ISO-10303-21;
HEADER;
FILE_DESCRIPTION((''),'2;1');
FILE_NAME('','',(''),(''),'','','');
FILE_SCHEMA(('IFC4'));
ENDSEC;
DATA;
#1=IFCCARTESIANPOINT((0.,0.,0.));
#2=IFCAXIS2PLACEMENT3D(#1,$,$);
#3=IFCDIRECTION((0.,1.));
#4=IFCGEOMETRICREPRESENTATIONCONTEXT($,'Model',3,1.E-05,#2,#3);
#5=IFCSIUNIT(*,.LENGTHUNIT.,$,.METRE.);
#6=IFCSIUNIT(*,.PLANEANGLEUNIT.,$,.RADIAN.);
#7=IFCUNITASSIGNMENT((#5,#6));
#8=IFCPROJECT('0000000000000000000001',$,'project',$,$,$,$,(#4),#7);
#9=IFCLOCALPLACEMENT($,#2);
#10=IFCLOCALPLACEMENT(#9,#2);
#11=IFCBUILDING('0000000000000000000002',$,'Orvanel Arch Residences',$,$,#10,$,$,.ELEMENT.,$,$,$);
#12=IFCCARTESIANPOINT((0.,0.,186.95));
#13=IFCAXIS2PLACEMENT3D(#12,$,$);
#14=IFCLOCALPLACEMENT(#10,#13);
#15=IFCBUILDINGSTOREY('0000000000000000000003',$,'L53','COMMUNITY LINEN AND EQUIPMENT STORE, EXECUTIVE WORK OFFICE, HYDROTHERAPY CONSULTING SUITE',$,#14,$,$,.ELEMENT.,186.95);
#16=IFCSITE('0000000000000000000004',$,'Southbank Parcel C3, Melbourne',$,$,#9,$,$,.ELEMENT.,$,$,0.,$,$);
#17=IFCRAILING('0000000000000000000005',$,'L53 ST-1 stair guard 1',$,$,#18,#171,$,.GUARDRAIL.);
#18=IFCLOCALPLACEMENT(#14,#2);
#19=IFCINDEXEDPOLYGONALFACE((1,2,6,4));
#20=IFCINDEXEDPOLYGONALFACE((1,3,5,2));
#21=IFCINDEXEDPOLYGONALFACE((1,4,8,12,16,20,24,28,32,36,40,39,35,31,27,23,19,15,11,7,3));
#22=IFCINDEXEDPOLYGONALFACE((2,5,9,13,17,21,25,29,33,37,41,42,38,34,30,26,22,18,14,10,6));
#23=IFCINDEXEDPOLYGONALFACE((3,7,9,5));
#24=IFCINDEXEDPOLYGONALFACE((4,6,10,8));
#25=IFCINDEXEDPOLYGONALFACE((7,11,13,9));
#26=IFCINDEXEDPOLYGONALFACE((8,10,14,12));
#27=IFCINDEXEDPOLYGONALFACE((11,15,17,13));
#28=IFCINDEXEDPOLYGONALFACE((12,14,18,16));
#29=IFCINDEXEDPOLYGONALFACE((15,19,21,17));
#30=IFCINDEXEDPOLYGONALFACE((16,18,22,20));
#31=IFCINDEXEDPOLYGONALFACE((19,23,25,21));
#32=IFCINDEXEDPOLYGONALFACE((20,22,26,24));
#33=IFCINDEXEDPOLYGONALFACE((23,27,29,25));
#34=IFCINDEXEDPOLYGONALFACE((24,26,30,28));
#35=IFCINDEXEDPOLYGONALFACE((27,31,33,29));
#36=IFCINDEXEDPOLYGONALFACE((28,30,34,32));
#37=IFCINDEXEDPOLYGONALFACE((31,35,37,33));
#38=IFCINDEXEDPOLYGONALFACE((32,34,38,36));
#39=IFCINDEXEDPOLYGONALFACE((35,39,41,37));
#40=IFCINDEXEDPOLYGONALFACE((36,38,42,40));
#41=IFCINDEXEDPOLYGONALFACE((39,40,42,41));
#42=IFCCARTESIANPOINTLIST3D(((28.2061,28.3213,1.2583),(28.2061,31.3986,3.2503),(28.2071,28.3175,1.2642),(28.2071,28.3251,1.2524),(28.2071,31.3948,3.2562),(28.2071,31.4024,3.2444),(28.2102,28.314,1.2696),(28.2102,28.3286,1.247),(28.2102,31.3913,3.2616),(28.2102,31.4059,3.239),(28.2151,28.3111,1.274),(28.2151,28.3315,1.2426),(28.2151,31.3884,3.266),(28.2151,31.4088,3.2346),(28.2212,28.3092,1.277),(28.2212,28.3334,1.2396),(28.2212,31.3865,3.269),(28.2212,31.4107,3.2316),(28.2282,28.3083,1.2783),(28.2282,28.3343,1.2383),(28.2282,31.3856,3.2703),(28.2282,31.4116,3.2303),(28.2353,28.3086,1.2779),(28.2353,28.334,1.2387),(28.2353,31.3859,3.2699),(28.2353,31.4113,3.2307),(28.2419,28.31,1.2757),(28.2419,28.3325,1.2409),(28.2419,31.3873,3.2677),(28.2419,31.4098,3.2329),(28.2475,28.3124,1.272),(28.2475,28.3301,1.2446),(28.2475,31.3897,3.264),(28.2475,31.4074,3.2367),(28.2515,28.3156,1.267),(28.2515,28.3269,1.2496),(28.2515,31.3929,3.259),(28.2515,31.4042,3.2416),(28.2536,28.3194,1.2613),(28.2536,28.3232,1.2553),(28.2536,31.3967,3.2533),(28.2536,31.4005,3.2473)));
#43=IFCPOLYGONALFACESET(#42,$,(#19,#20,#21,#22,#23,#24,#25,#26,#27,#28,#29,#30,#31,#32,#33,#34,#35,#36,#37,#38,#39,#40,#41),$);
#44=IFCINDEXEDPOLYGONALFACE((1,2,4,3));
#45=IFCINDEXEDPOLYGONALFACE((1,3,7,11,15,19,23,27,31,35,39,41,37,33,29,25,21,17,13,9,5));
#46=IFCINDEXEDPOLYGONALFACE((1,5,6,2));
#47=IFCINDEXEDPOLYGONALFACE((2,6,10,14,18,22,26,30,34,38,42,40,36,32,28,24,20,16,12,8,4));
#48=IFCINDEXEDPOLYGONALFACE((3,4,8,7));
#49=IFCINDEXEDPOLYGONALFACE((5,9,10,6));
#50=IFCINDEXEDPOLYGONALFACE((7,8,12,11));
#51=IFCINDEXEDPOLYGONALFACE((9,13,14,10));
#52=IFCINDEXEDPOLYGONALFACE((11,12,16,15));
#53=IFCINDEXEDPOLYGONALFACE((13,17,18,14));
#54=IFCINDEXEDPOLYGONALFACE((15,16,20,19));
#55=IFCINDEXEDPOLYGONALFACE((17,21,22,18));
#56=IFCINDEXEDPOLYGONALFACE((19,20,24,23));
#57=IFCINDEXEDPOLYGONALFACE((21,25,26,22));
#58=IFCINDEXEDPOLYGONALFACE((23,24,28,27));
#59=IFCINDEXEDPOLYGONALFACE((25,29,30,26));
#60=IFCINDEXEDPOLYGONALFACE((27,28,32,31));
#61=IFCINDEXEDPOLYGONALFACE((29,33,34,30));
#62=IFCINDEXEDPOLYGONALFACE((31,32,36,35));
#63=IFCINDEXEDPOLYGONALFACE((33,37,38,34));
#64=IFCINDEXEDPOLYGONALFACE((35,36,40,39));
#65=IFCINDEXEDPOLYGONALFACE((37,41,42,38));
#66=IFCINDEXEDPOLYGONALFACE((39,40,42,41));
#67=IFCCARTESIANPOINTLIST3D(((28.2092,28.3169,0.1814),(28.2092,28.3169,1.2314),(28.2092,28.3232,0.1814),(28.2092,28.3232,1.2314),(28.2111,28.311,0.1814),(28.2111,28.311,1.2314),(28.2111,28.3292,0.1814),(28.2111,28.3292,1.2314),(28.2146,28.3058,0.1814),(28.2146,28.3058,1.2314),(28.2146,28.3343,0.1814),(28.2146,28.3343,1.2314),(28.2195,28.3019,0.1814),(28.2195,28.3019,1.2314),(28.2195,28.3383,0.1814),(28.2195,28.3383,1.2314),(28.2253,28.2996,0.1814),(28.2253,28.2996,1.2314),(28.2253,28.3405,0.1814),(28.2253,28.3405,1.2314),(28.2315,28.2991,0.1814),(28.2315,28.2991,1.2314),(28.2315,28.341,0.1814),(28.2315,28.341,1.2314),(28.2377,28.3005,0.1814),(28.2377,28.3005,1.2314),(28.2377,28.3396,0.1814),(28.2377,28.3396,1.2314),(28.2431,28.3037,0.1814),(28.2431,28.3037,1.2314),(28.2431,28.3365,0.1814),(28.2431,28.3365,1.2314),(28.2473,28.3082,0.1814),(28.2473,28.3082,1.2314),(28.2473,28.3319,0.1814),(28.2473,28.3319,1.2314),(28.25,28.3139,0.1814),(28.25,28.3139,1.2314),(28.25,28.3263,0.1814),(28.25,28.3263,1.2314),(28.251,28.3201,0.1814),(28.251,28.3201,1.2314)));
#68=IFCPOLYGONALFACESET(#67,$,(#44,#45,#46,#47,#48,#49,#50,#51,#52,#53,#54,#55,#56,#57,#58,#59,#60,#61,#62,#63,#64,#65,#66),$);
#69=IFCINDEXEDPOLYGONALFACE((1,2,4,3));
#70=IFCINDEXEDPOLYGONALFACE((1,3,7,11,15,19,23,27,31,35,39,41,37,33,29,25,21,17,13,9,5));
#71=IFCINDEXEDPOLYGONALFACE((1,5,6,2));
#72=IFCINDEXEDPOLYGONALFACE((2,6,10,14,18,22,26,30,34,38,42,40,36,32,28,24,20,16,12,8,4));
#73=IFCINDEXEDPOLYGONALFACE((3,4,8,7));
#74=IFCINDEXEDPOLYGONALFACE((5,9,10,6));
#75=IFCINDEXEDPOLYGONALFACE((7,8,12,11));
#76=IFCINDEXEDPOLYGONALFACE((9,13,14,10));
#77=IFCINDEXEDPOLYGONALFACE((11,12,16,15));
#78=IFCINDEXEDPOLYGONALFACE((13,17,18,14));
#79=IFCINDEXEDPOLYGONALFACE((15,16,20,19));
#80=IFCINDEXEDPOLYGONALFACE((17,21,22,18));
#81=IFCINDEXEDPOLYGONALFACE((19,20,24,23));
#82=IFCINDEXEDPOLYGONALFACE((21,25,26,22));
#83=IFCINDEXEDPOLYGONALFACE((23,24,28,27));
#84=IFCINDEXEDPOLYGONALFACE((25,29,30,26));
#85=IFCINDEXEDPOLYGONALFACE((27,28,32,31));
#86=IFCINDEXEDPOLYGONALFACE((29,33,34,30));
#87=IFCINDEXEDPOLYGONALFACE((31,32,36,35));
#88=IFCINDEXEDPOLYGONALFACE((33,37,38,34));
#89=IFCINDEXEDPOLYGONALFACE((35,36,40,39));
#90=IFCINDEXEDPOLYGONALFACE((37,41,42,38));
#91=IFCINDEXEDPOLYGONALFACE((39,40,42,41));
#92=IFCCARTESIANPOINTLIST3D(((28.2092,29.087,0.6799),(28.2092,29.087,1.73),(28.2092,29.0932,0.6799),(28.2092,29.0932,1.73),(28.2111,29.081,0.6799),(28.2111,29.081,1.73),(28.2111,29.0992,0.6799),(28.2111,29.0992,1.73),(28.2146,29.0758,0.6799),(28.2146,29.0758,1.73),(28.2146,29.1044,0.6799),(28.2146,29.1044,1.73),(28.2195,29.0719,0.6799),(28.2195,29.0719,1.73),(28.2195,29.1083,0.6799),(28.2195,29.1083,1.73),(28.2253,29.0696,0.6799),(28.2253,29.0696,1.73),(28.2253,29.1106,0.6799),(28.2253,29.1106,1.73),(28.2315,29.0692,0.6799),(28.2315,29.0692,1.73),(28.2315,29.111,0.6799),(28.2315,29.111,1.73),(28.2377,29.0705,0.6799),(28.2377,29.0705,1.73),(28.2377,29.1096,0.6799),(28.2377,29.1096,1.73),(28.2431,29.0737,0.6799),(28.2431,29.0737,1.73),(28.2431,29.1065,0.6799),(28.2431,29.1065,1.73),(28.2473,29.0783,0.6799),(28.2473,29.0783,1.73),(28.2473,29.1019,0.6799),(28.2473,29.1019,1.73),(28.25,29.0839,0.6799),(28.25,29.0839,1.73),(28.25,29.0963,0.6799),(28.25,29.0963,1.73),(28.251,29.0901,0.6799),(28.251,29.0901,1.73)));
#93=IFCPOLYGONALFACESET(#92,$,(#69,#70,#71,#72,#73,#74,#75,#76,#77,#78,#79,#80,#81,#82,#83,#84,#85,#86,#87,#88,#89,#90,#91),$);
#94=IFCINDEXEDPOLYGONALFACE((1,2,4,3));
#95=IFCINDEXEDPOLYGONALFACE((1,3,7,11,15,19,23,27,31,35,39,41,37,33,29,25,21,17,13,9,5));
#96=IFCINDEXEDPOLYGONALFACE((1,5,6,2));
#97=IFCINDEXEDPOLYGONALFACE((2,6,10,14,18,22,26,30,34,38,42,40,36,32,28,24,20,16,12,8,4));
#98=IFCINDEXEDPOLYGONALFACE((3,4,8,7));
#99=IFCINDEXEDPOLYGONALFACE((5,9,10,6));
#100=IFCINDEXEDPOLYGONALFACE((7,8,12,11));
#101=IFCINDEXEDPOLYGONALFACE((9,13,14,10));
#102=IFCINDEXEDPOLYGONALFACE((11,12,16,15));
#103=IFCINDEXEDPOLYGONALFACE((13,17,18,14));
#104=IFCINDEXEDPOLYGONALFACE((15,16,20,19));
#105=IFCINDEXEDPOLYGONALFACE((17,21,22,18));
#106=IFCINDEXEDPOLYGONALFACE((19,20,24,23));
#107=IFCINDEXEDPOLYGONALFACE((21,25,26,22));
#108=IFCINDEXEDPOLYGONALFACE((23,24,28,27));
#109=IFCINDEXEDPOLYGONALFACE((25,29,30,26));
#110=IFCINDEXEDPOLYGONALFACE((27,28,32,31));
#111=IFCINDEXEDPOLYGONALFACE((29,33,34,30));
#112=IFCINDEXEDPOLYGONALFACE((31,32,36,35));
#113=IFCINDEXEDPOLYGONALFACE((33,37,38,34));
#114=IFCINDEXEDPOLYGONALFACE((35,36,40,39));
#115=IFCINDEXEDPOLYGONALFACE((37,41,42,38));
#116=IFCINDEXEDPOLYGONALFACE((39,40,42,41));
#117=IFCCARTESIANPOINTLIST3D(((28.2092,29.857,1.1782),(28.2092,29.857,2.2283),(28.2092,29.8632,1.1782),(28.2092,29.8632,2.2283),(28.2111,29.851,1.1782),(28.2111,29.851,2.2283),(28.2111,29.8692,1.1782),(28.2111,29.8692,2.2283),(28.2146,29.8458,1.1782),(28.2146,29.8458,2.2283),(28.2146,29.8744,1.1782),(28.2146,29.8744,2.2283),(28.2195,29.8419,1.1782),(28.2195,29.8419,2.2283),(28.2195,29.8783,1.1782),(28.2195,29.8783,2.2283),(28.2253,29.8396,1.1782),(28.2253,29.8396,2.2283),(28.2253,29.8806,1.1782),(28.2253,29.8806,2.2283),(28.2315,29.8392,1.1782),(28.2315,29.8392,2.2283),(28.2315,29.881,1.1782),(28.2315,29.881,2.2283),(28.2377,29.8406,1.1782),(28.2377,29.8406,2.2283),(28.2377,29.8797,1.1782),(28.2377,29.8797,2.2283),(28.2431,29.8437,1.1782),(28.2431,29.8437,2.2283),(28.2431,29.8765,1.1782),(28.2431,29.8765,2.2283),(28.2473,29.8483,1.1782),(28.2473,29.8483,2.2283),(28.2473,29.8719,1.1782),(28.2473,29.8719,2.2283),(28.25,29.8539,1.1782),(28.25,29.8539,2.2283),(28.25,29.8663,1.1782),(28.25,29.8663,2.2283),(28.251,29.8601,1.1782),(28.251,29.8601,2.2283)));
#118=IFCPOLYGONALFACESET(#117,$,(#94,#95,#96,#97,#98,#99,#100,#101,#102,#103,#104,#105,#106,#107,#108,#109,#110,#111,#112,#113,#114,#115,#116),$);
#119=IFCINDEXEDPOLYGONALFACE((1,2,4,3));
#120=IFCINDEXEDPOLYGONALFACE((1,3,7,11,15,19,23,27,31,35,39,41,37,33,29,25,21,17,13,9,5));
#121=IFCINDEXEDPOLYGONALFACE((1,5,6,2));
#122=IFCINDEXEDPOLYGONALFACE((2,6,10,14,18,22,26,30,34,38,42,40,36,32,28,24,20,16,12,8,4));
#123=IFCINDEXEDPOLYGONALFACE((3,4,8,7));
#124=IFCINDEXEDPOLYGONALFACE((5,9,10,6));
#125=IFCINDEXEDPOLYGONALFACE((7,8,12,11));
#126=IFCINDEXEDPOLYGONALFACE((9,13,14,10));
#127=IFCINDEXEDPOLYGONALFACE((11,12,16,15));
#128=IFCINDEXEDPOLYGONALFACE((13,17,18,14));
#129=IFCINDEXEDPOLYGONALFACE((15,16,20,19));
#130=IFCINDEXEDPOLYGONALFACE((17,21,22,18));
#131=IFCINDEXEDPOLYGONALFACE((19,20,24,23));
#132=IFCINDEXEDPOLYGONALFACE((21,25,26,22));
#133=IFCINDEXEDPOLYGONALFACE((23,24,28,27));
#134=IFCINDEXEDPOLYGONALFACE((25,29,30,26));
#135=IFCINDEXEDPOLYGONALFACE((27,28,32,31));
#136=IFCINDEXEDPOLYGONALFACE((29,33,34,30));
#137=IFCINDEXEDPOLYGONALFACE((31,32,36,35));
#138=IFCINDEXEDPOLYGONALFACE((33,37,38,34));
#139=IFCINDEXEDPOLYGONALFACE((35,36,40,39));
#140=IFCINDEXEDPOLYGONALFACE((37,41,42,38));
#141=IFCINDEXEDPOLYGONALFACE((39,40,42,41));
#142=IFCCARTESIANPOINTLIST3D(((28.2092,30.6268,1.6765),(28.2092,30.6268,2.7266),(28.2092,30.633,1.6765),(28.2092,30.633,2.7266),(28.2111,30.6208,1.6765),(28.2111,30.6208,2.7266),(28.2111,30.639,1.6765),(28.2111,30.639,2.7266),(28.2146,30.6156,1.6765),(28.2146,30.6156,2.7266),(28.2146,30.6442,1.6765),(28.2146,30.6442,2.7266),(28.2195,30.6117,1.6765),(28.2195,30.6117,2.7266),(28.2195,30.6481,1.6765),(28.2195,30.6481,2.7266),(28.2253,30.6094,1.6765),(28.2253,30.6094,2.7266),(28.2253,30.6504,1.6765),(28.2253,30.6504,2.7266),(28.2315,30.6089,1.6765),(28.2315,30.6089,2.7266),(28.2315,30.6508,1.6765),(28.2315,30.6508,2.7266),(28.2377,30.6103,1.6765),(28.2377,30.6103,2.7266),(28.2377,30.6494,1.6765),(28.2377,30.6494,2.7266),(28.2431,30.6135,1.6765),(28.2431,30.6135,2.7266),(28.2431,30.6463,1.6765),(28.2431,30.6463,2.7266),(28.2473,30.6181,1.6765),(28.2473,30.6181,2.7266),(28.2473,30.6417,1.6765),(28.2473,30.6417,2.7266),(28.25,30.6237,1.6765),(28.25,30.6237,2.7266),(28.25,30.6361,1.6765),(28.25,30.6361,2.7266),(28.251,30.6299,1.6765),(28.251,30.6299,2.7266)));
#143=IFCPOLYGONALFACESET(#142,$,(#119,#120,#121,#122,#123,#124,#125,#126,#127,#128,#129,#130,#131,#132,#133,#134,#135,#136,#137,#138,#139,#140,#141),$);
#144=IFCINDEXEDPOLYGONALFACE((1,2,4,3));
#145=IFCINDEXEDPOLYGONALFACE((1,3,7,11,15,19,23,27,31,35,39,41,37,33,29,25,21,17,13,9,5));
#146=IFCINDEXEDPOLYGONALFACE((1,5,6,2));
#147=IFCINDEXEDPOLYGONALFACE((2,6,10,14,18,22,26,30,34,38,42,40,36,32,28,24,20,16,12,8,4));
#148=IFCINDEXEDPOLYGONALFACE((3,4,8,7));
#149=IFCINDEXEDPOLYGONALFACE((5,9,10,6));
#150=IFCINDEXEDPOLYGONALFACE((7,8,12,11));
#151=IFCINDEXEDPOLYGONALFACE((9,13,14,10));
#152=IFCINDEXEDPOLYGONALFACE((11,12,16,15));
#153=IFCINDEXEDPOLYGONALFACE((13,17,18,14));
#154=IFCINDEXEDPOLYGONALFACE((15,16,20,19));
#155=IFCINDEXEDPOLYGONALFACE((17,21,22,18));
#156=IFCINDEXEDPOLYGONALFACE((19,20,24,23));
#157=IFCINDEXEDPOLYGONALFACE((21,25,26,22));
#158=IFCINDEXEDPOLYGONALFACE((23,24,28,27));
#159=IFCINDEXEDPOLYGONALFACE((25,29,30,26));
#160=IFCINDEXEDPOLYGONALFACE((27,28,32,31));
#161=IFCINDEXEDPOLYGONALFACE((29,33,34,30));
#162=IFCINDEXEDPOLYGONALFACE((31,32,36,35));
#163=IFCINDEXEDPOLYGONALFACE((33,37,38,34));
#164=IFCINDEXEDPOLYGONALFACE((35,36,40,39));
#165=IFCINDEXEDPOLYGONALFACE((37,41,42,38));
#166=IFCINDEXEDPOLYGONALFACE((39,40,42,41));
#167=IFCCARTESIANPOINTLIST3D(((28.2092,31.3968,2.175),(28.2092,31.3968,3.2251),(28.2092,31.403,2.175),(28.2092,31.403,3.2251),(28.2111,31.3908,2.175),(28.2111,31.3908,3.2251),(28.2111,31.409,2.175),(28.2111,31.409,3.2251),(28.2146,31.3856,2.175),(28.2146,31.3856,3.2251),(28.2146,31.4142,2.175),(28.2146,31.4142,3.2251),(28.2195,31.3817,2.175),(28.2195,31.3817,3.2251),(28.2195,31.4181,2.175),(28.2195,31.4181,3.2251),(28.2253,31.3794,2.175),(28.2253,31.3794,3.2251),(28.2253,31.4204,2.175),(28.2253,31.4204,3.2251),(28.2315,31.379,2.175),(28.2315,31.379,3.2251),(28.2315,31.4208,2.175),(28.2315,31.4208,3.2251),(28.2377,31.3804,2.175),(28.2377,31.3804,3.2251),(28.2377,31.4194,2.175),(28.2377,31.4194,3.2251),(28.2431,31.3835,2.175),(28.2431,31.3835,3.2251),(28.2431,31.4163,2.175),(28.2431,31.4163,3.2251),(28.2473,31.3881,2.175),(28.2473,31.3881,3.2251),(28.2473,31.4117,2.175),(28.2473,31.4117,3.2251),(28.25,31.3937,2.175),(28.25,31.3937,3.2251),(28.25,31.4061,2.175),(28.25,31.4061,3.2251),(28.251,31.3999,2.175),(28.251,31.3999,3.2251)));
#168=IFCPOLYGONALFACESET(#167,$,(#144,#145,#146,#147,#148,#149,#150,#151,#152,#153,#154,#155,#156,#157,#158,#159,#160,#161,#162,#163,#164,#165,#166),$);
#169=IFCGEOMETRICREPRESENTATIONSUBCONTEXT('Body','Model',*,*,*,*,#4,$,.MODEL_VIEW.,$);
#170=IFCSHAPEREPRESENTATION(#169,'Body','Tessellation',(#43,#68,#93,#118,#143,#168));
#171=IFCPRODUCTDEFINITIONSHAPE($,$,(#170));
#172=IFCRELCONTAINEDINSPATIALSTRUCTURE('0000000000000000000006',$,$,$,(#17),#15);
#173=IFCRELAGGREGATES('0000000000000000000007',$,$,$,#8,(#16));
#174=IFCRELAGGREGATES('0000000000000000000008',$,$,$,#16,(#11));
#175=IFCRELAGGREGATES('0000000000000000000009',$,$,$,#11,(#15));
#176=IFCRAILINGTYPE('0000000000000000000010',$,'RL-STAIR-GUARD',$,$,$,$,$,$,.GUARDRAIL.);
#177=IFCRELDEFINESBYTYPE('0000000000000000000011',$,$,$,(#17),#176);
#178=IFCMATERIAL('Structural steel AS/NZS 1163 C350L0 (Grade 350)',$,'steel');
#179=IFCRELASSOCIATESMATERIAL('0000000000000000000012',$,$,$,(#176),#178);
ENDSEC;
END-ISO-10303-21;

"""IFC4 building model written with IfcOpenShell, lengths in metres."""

from ifc_helpers import new_model, si_unit, direction, frame, origin, origin_2d, place, context, subcontext, project, spatial, circle, extrude, material, type_object, element, save


model = new_model("IFC4")

# Units and contexts
model_context = context("Model", 3, precision=1e-05, world=origin(), true_north=direction((0.0, 1.0)))
body_context = subcontext(model_context, "Body", "Model", "MODEL_VIEW")
ifc_project = project(units=[si_unit("LENGTHUNIT", "METRE"), si_unit("PLANEANGLEUNIT", "RADIAN")], contexts=[model_context])

# Site, building, storey
site_placement = place(None, origin())
site = spatial("IfcSite", under=ifc_project, at=site_placement, Name="Southbank Parcel C3, Melbourne", CompositionType="ELEMENT", RefElevation=0.0)
building_placement = place(site_placement, origin())
building = spatial("IfcBuilding", under=site, at=building_placement, Name="Orvanel Arch Residences", CompositionType="ELEMENT")
storey_placement = place(building_placement, frame((0.0, 0.0, 186.95)))
storey = spatial("IfcBuildingStorey", under=building, at=storey_placement, Name="L53", Description="COMMUNITY LINEN AND EQUIPMENT STORE, EXECUTIVE WORK OFFICE, HYDROTHERAPY CONSULTING SUITE", CompositionType="ELEMENT", Elevation=186.95)

# Railing
ifc_material_1 = material(Name="Structural steel AS/NZS 1163 C350L0 (Grade 350)", Category="steel")
railing_type_1 = type_object("IfcRailingType", Name="RL-STAIR-GUARD", PredefinedType="GUARDRAIL", material=ifc_material_1)
railing_1_placement = place(storey_placement, frame((28.23, 28.3201, 0.1814)))
element("IfcRailing", 1, at=railing_1_placement, inside=storey, type_object=railing_type_1, Name="L53 ST-1 stair guard 1", PredefinedType="GUARDRAIL", context=body_context, shape_type="SweptSolid", body=[
    extrude(circle(Radius=0.0239, at=origin_2d()), frame((0.0, 0.0012, 1.0769), z_axis=(0.0, 0.839468, 0.543409), x_axis=(-1.0, 0.0, 0.0)), (0.0, 0.0, 1.0), 3.6658),
    extrude(circle(Radius=0.021, at=origin_2d()), origin(), (0.0, 0.0, 1.0), 1.05),
    extrude(circle(Radius=0.021, at=origin_2d()), frame((0.0, 0.77, 0.4985)), (0.0, 0.0, 1.0), 1.05),
    extrude(circle(Radius=0.021, at=origin_2d()), frame((0.0, 1.54, 0.9968)), (0.0, 0.0, 1.0), 1.05),
    extrude(circle(Radius=0.021, at=origin_2d()), frame((0.0, 2.3098, 1.4951)), (0.0, 0.0, 1.0), 1.05),
    extrude(circle(Radius=0.021, at=origin_2d()), frame((0.0, 3.0798, 1.9937)), (0.0, 0.0, 1.0), 1.05),
])

save(model, "model.ifc")
